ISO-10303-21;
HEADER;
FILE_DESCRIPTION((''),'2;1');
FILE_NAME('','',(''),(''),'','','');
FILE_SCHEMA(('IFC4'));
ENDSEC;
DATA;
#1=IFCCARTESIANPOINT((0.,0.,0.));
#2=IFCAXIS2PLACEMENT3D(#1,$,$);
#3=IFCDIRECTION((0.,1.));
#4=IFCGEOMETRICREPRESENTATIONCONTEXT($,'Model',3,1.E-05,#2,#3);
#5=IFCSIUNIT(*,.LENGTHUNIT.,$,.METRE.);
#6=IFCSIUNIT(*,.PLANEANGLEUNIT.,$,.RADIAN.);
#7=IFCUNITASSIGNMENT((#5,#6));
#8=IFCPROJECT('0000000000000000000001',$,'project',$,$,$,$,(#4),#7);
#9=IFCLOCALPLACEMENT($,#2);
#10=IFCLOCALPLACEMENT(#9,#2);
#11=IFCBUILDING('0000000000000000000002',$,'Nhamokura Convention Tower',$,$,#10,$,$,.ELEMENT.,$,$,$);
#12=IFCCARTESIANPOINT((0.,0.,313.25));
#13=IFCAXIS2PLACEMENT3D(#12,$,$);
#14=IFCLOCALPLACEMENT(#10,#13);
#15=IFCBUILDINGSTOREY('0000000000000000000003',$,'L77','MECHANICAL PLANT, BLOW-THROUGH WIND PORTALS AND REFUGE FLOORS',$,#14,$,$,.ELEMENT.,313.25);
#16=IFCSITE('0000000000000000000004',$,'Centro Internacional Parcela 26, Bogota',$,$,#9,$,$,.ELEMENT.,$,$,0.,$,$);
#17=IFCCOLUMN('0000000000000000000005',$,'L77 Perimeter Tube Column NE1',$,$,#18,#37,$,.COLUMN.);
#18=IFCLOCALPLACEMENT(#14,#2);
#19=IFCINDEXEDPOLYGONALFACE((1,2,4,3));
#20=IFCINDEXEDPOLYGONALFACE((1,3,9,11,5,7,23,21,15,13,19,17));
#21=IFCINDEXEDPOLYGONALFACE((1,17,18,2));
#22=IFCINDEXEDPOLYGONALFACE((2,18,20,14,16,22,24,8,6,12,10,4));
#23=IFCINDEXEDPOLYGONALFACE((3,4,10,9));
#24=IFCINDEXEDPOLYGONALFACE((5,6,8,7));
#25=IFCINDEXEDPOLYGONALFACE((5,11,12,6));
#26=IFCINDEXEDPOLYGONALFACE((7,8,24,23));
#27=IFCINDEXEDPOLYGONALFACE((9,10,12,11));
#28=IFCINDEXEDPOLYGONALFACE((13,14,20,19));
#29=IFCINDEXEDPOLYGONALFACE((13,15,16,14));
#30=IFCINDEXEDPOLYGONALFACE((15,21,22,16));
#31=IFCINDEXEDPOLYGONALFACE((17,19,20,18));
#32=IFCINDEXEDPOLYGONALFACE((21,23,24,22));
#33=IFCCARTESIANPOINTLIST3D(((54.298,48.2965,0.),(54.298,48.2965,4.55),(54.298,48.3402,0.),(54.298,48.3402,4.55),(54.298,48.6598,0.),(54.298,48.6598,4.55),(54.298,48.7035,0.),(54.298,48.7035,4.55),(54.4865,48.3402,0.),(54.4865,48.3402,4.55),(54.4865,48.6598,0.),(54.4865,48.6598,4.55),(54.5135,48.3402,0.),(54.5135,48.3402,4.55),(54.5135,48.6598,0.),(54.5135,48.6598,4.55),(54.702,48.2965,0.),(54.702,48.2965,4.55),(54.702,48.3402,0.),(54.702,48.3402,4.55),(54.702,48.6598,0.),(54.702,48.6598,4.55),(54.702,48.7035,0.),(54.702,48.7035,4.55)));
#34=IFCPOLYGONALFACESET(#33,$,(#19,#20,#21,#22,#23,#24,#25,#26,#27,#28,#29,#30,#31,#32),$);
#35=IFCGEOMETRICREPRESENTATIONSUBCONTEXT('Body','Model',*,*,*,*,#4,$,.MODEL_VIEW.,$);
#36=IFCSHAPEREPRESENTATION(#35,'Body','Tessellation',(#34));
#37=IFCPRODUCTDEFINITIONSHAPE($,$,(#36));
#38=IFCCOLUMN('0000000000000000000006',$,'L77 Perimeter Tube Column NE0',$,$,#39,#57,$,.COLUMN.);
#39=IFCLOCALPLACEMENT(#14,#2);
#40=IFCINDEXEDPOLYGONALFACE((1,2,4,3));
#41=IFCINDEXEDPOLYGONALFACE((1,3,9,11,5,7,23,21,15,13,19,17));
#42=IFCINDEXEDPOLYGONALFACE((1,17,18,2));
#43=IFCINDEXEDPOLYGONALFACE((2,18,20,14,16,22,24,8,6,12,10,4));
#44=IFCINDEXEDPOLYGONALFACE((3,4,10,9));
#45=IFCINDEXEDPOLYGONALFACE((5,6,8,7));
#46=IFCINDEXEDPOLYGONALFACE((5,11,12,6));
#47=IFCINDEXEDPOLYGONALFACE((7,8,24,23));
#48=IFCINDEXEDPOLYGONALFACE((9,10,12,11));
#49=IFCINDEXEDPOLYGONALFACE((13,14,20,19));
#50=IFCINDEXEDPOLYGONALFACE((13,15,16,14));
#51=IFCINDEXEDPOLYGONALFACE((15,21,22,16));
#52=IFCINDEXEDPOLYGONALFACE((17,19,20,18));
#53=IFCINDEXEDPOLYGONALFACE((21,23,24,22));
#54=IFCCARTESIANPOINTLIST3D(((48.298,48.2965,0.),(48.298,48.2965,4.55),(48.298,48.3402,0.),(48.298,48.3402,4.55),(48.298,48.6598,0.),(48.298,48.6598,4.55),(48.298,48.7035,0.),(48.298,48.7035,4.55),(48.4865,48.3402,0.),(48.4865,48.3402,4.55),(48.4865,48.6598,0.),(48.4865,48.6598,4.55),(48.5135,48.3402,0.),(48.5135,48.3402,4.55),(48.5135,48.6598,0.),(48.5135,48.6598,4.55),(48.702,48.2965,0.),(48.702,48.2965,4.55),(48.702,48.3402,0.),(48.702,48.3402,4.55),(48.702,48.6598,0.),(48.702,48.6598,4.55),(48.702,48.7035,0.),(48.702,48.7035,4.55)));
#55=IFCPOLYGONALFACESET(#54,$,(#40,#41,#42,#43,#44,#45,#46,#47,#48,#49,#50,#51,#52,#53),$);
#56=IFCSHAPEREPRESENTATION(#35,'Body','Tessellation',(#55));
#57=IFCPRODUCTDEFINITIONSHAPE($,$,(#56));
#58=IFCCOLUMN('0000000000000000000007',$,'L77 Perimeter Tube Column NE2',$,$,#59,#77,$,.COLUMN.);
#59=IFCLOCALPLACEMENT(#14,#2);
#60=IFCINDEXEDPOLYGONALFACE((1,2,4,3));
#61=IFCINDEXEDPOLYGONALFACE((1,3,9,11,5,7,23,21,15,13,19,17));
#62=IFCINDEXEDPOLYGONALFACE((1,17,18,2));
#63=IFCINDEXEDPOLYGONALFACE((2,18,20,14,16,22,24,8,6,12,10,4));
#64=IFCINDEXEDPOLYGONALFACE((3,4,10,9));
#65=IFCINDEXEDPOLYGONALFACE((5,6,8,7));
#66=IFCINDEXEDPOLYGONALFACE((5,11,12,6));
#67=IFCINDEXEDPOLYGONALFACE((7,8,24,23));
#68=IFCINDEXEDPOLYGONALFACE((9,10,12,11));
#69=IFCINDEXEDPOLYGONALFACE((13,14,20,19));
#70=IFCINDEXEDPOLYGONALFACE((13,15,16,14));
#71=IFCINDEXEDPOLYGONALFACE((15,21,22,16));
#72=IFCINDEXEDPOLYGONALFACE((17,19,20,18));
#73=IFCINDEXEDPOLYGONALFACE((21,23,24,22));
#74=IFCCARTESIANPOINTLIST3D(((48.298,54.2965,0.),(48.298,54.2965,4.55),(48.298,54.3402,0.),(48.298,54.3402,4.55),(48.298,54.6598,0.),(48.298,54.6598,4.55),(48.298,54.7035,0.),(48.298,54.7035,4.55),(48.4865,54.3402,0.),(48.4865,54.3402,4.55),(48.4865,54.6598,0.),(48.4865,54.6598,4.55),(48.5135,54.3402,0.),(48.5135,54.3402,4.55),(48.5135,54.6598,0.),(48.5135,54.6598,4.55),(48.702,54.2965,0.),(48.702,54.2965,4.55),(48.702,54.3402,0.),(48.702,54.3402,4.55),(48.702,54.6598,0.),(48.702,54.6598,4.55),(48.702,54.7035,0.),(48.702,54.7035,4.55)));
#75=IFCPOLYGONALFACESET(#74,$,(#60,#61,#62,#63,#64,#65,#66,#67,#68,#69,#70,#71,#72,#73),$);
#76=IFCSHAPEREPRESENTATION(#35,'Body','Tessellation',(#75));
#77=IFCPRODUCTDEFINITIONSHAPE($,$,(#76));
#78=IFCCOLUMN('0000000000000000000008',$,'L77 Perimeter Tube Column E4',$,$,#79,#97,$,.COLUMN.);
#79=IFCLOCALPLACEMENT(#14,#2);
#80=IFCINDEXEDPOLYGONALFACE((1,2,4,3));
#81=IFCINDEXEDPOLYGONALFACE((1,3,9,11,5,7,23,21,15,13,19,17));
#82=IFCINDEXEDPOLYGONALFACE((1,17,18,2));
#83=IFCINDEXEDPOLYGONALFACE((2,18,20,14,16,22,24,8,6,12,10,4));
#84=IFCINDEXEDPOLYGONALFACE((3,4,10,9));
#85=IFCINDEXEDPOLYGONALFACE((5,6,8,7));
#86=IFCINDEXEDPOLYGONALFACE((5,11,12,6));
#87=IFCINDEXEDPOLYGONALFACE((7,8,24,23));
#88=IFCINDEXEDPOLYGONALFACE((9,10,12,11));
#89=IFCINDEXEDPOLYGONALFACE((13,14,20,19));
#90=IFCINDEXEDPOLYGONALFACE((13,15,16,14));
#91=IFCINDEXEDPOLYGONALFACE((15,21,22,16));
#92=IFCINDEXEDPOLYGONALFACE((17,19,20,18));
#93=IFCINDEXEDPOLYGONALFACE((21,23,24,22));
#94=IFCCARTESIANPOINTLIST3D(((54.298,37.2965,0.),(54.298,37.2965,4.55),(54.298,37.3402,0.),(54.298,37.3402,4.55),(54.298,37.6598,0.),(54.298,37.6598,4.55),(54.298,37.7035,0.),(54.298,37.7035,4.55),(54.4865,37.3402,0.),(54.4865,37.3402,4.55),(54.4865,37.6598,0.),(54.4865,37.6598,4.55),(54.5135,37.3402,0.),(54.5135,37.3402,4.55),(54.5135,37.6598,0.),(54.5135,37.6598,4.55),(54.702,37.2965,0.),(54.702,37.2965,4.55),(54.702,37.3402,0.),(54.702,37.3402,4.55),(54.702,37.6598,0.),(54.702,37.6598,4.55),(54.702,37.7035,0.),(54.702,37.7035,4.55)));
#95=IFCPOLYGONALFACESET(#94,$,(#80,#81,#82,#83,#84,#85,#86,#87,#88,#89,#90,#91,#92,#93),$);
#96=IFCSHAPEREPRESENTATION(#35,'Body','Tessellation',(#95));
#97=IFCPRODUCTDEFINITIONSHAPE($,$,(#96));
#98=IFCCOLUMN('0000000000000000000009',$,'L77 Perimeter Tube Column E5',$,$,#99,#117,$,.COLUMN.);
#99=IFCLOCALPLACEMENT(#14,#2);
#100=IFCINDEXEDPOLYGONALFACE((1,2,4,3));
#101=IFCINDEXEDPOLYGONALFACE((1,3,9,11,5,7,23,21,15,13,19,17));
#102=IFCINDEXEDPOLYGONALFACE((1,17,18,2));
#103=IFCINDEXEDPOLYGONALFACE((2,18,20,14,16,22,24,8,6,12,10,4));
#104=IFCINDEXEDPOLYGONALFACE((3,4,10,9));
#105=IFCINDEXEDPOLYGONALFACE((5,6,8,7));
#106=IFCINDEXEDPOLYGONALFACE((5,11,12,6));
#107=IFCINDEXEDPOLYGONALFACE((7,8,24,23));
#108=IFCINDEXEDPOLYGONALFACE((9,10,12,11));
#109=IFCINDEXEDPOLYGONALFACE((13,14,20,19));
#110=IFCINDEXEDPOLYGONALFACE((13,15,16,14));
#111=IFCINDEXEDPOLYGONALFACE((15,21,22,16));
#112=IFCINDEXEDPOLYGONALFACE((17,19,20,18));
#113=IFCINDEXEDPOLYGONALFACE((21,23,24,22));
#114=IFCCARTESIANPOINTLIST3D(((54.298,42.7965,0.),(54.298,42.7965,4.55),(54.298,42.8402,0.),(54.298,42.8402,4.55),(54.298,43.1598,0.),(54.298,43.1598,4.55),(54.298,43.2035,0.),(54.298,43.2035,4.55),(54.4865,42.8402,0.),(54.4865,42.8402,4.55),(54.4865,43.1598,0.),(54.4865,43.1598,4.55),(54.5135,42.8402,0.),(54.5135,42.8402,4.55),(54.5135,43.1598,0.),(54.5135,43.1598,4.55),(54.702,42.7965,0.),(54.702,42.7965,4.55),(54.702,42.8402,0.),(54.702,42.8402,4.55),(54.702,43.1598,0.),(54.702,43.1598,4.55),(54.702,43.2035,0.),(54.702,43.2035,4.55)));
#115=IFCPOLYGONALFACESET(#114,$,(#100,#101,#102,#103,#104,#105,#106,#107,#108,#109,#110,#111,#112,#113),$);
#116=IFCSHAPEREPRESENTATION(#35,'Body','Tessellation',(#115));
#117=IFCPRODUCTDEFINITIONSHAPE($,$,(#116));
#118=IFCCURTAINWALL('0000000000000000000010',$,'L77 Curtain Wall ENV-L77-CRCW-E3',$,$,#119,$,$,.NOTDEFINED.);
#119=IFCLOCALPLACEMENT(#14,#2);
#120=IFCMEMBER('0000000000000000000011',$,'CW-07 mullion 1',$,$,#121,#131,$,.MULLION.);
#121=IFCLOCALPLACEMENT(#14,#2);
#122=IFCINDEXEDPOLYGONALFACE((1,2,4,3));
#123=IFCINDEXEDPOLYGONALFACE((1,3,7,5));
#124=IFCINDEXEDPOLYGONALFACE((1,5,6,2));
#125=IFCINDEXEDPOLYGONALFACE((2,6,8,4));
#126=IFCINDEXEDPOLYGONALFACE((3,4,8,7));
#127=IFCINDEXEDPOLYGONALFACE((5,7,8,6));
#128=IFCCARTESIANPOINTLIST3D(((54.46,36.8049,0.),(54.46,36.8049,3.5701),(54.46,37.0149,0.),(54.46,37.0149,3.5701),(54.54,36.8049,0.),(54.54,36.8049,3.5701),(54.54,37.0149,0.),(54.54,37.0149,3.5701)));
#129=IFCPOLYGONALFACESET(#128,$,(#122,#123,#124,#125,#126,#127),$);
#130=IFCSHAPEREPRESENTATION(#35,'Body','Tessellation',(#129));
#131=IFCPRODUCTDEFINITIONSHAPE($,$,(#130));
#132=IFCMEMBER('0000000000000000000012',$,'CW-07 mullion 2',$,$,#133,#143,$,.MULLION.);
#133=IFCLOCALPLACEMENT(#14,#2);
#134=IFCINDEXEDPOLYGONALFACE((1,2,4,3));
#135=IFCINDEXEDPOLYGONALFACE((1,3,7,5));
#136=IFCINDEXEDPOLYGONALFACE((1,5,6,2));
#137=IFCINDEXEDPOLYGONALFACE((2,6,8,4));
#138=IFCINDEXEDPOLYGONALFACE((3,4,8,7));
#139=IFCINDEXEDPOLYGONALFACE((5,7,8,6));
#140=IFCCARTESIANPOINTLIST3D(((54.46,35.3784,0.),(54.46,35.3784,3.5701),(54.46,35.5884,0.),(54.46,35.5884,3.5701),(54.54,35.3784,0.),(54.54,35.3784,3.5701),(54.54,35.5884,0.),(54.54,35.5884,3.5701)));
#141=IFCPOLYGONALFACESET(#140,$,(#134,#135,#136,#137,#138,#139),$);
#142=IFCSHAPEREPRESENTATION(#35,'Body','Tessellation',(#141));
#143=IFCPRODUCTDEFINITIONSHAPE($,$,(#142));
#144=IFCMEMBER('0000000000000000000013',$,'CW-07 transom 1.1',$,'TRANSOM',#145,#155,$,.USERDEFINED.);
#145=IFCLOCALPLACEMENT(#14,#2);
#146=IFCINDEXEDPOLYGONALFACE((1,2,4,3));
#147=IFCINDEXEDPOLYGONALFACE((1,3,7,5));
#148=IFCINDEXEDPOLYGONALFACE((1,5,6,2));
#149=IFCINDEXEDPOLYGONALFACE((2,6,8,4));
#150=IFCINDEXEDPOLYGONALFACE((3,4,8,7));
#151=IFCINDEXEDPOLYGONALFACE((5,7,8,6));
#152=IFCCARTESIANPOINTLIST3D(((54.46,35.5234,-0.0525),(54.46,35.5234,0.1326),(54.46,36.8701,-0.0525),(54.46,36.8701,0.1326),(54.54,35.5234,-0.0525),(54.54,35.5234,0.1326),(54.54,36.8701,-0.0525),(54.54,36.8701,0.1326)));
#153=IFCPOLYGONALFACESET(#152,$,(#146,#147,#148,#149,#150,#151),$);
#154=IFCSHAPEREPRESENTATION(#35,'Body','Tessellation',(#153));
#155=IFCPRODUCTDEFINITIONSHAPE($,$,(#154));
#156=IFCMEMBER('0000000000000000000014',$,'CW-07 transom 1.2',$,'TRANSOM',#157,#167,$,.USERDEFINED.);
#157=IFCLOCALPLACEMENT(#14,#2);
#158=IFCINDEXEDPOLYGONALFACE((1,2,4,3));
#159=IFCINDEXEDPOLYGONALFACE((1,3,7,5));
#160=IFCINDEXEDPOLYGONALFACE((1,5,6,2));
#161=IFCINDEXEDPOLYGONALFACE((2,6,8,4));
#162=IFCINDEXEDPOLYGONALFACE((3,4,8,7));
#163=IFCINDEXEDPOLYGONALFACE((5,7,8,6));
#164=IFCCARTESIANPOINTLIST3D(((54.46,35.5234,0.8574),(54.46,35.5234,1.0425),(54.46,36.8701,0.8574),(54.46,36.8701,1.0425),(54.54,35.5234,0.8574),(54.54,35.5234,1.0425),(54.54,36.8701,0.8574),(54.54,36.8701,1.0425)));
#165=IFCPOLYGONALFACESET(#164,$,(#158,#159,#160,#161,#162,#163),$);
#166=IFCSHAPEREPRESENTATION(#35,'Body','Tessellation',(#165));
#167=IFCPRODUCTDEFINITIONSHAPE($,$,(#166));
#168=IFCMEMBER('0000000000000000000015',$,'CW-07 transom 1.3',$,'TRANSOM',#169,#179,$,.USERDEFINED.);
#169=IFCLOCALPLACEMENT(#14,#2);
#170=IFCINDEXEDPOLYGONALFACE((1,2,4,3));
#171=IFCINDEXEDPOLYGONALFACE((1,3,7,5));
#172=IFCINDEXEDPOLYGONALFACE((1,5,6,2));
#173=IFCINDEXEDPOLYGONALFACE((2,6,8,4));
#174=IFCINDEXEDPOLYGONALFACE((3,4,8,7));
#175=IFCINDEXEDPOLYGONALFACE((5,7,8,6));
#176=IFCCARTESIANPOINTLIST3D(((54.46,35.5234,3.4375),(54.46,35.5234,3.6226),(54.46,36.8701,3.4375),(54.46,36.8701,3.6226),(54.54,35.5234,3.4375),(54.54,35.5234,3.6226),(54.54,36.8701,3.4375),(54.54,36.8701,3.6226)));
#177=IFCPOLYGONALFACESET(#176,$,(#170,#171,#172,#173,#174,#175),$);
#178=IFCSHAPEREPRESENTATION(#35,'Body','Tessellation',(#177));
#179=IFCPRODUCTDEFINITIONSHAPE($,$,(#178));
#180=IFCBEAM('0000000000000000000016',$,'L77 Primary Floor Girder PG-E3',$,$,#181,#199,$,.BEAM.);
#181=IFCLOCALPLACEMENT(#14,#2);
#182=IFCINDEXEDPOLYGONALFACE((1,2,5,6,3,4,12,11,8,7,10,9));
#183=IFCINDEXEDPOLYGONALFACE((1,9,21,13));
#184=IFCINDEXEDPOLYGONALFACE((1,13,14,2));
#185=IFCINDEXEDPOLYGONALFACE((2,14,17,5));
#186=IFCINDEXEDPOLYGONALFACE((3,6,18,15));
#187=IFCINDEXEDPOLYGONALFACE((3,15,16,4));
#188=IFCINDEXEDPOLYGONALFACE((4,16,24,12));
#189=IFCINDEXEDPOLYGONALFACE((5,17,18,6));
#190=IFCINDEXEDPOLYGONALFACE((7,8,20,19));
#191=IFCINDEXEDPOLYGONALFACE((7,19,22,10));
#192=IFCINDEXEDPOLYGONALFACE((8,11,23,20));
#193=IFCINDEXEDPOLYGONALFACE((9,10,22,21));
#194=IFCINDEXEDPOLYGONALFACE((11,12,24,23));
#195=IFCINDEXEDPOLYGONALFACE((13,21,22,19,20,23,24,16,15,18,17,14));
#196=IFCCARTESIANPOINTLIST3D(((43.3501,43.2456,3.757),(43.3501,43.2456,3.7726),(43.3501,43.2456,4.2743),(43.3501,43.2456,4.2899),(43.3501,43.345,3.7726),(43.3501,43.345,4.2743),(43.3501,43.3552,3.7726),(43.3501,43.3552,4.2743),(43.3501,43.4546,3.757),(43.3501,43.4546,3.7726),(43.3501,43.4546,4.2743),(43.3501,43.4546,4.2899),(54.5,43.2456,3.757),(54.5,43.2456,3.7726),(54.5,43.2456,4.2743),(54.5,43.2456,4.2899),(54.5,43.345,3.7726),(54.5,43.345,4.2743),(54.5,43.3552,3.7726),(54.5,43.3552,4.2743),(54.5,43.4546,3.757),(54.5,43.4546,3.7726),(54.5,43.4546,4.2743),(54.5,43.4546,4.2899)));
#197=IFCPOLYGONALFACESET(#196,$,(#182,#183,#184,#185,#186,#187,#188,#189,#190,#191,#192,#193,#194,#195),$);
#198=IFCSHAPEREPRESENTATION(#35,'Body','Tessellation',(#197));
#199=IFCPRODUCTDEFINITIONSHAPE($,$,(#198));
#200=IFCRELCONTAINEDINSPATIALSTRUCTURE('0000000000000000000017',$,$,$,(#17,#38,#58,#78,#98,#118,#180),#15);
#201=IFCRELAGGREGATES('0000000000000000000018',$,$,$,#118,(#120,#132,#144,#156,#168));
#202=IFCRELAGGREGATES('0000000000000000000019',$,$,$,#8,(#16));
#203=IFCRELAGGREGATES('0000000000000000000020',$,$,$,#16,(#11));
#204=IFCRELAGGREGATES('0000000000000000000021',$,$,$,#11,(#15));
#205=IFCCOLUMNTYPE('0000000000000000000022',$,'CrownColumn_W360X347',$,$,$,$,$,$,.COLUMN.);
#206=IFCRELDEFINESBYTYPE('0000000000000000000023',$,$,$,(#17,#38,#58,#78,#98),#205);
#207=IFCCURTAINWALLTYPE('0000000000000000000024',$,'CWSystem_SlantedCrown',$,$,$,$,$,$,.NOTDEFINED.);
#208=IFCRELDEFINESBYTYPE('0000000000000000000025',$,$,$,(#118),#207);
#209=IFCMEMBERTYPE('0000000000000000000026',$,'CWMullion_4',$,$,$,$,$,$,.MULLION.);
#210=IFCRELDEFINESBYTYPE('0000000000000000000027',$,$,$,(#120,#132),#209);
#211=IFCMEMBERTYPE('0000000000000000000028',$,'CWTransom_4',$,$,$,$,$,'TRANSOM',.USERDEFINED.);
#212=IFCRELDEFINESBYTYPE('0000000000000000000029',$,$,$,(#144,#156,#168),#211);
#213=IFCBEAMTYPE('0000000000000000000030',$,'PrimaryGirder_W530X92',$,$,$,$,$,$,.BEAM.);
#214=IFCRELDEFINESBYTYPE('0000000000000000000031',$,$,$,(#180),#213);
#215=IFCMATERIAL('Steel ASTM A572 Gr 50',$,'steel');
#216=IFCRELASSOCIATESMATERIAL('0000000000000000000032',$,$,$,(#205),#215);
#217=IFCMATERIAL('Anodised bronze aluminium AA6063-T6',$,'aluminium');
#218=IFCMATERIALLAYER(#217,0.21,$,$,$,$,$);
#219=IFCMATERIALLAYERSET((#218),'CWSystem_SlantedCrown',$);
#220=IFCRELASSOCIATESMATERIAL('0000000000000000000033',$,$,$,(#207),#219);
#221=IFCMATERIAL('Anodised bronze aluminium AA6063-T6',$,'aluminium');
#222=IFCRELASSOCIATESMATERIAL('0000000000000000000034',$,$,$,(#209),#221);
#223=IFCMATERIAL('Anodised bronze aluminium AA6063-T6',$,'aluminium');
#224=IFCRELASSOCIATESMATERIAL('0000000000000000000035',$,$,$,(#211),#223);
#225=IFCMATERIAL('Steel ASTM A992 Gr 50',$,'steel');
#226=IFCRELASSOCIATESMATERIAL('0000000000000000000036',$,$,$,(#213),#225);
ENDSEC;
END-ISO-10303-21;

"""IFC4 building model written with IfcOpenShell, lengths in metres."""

from ifc_helpers import new_model, si_unit, direction, frame, origin, origin_2d, place, context, subcontext, project, spatial, rectangle, i_section, extrude, material, layer, layer_set, material_profile, profile_set, type_object, element, aggregate, save


model = new_model("IFC4")

# Units and contexts
model_context = context("Model", 3, precision=1e-05, world=origin(), true_north=direction((0.0, 1.0)))
body_context = subcontext(model_context, "Body", "Model", "MODEL_VIEW")
ifc_project = project(units=[si_unit("LENGTHUNIT", "METRE"), si_unit("PLANEANGLEUNIT", "RADIAN")], contexts=[model_context])

# Site, building, storey
site_placement = place(None, origin())
site = spatial("IfcSite", under=ifc_project, at=site_placement, Name="Centro Internacional Parcela 26, Bogota", CompositionType="ELEMENT", RefElevation=0.0)
building_placement = place(site_placement, origin())
building = spatial("IfcBuilding", under=site, at=building_placement, Name="Nhamokura Convention Tower", CompositionType="ELEMENT")
storey_placement = place(building_placement, frame((0.0, 0.0, 313.25)))
storey = spatial("IfcBuildingStorey", under=building, at=storey_placement, Name="L77", Description="MECHANICAL PLANT, BLOW-THROUGH WIND PORTALS AND REFUGE FLOORS", CompositionType="ELEMENT", Elevation=313.25)

# Columns
ifc_material_1 = material(Name="Steel ASTM A572 Gr 50", Category="steel")
ifc_material_profile_1 = material_profile(ifc_material_1, i_section(OverallWidth=0.4041, OverallDepth=0.407, WebThickness=0.0271, FlangeThickness=0.0437, at=origin_2d()))
ifc_profile_set_1 = profile_set([ifc_material_profile_1], Name="Steel ASTM A572 Gr 50")
column_type = type_object("IfcColumnType", Name="CrownColumn_W360X347", PredefinedType="COLUMN", material=ifc_profile_set_1)
for number, where, z_axis, x_axis, name in (
    (1, (54.5, 48.5, 0.0), (0.0, 0.0, 1.0), (1.0, 0.0, 0.0), "L77 Perimeter Tube Column NE1"),
    (2, (48.5, 48.5, 0.0), (0.0, 0.0, 1.0), (1.0, 0.0, 0.0), "L77 Perimeter Tube Column NE0"),
    (3, (48.5, 54.5, 0.0), (0.0, 0.0, 1.0), (1.0, 0.0, 0.0), "L77 Perimeter Tube Column NE2"),
    (4, (54.5, 37.5, 0.0), (0.0, 0.0, 1.0), (1.0, 0.0, 0.0), "L77 Perimeter Tube Column E4"),
    (5, (54.5, 43.0, 0.0), (0.0, 0.0, 1.0), (1.0, 0.0, 0.0), "L77 Perimeter Tube Column E5"),
):
    element("IfcColumn", number, at=place(storey_placement, frame(where, z_axis=z_axis, x_axis=x_axis)), inside=storey, type_object=column_type, Name=name, PredefinedType="COLUMN", context=body_context, shape_type="SweptSolid", body=[
        extrude(i_section(OverallWidth=0.4041, OverallDepth=0.407, WebThickness=0.0271, FlangeThickness=0.0437, at=origin_2d()), origin(), (0.0, 0.0, 1.0), 4.55),
    ])

# Curtain wall, members
ifc_material_2 = material(Name="Anodised bronze aluminium AA6063-T6", Category="aluminium")
ifc_layer_1 = layer(ifc_material_2, 0.21)
ifc_layer_set_1 = layer_set([ifc_layer_1], Name="CWSystem_SlantedCrown")
curtain_wall_type = type_object("IfcCurtainWallType", Name="CWSystem_SlantedCrown", PredefinedType="NOTDEFINED", material=ifc_layer_set_1)
curtain_wall_placement = place(storey_placement, origin())
curtain_wall = element("IfcCurtainWall", 6, at=curtain_wall_placement, inside=storey, type_object=curtain_wall_type, Name="L77 Curtain Wall ENV-L77-CRCW-E3", PredefinedType="NOTDEFINED")
ifc_material_3 = material(Name="Anodised bronze aluminium AA6063-T6", Category="aluminium")
ifc_material_profile_2 = material_profile(ifc_material_3, rectangle(XDim=0.0801, YDim=0.21, at=origin_2d()))
ifc_profile_set_2 = profile_set([ifc_material_profile_2], Name="Anodised bronze aluminium AA6063-T6")
member_type_1 = type_object("IfcMemberType", Name="CWMullion_4", PredefinedType="MULLION", material=ifc_profile_set_2)
member_1_placement = place(storey_placement, frame((54.5, 36.9099, 0.0), z_axis=(0.0, 0.0, 1.0), x_axis=(1.0, 0.0, 0.0)))
member_1 = element("IfcMember", 7, at=member_1_placement, type_object=member_type_1, Name="CW-07 mullion 1", PredefinedType="MULLION", context=body_context, shape_type="SweptSolid", body=[
    extrude(rectangle(XDim=0.0801, YDim=0.21, at=origin_2d()), origin(), (0.0, 0.0, 1.0), 3.5701),
])
member_2_placement = place(storey_placement, frame((54.5, 35.4834, 0.0), z_axis=(0.0, 0.0, 1.0), x_axis=(1.0, 0.0, 0.0)))
member_2 = element("IfcMember", 8, at=member_2_placement, type_object=member_type_1, Name="CW-07 mullion 2", PredefinedType="MULLION", context=body_context, shape_type="SweptSolid", body=[
    extrude(rectangle(XDim=0.0801, YDim=0.21, at=origin_2d()), origin(), (0.0, 0.0, 1.0), 3.5701),
])
ifc_material_4 = material(Name="Anodised bronze aluminium AA6063-T6", Category="aluminium")
ifc_material_profile_3 = material_profile(ifc_material_4, rectangle(XDim=0.0801, YDim=0.1851, at=origin_2d()))
ifc_profile_set_3 = profile_set([ifc_material_profile_3], Name="Anodised bronze aluminium AA6063-T6")
member_type_2 = type_object("IfcMemberType", Name="CWTransom_4", ElementType="TRANSOM", PredefinedType="USERDEFINED", material=ifc_profile_set_3)
member_3_placement = place(storey_placement, frame((54.5, 36.8701, 0.04), z_axis=(0.0, -1.0, 0.0), x_axis=(1.0, 0.0, 0.0)))
member_3 = element("IfcMember", 9, at=member_3_placement, type_object=member_type_2, Name="CW-07 transom 1.1", ObjectType="TRANSOM", PredefinedType="USERDEFINED", context=body_context, shape_type="SweptSolid", body=[
    extrude(rectangle(XDim=0.0801, YDim=0.1851, at=origin_2d()), origin(), (0.0, 0.0, 1.0), 1.3467),
])
member_4_placement = place(storey_placement, frame((54.5, 36.8701, 0.95), z_axis=(0.0, -1.0, 0.0), x_axis=(1.0, 0.0, 0.0)))
member_4 = element("IfcMember", 10, at=member_4_placement, type_object=member_type_2, Name="CW-07 transom 1.2", ObjectType="TRANSOM", PredefinedType="USERDEFINED", context=body_context, shape_type="SweptSolid", body=[
    extrude(rectangle(XDim=0.0801, YDim=0.1851, at=origin_2d()), origin(), (0.0, 0.0, 1.0), 1.3467),
])
member_5_placement = place(storey_placement, frame((54.5, 36.8701, 3.53), z_axis=(0.0, -1.0, 0.0), x_axis=(1.0, 0.0, 0.0)))
member_5 = element("IfcMember", 11, at=member_5_placement, type_object=member_type_2, Name="CW-07 transom 1.3", ObjectType="TRANSOM", PredefinedType="USERDEFINED", context=body_context, shape_type="SweptSolid", body=[
    extrude(rectangle(XDim=0.0801, YDim=0.1851, at=origin_2d()), origin(), (0.0, 0.0, 1.0), 1.3467),
])

# Beam
ifc_material_5 = material(Name="Steel ASTM A992 Gr 50", Category="steel")
ifc_material_profile_4 = material_profile(ifc_material_5, i_section(OverallWidth=0.209, OverallDepth=0.533, WebThickness=0.0103, FlangeThickness=0.0156, at=origin_2d()))
ifc_profile_set_4 = profile_set([ifc_material_profile_4], Name="Steel ASTM A992 Gr 50")
beam_type_1 = type_object("IfcBeamType", Name="PrimaryGirder_W530X92", PredefinedType="BEAM", material=ifc_profile_set_4)
beam_placement = place(storey_placement, frame((43.3501, 43.3501, 4.0234), z_axis=(1.0, 0.0, 0.0), x_axis=(0.0, 1.0, 0.0)))
element("IfcBeam", 12, at=beam_placement, inside=storey, type_object=beam_type_1, Name="L77 Primary Floor Girder PG-E3", PredefinedType="BEAM", context=body_context, shape_type="SweptSolid", body=[
    extrude(i_section(OverallWidth=0.209, OverallDepth=0.533, WebThickness=0.0103, FlangeThickness=0.0156, at=origin_2d()), origin(), (0.0, 0.0, 1.0), 11.1499),
])

aggregate(curtain_wall, [member_1, member_2, member_3, member_4, member_5])

save(model, "model.ifc")
